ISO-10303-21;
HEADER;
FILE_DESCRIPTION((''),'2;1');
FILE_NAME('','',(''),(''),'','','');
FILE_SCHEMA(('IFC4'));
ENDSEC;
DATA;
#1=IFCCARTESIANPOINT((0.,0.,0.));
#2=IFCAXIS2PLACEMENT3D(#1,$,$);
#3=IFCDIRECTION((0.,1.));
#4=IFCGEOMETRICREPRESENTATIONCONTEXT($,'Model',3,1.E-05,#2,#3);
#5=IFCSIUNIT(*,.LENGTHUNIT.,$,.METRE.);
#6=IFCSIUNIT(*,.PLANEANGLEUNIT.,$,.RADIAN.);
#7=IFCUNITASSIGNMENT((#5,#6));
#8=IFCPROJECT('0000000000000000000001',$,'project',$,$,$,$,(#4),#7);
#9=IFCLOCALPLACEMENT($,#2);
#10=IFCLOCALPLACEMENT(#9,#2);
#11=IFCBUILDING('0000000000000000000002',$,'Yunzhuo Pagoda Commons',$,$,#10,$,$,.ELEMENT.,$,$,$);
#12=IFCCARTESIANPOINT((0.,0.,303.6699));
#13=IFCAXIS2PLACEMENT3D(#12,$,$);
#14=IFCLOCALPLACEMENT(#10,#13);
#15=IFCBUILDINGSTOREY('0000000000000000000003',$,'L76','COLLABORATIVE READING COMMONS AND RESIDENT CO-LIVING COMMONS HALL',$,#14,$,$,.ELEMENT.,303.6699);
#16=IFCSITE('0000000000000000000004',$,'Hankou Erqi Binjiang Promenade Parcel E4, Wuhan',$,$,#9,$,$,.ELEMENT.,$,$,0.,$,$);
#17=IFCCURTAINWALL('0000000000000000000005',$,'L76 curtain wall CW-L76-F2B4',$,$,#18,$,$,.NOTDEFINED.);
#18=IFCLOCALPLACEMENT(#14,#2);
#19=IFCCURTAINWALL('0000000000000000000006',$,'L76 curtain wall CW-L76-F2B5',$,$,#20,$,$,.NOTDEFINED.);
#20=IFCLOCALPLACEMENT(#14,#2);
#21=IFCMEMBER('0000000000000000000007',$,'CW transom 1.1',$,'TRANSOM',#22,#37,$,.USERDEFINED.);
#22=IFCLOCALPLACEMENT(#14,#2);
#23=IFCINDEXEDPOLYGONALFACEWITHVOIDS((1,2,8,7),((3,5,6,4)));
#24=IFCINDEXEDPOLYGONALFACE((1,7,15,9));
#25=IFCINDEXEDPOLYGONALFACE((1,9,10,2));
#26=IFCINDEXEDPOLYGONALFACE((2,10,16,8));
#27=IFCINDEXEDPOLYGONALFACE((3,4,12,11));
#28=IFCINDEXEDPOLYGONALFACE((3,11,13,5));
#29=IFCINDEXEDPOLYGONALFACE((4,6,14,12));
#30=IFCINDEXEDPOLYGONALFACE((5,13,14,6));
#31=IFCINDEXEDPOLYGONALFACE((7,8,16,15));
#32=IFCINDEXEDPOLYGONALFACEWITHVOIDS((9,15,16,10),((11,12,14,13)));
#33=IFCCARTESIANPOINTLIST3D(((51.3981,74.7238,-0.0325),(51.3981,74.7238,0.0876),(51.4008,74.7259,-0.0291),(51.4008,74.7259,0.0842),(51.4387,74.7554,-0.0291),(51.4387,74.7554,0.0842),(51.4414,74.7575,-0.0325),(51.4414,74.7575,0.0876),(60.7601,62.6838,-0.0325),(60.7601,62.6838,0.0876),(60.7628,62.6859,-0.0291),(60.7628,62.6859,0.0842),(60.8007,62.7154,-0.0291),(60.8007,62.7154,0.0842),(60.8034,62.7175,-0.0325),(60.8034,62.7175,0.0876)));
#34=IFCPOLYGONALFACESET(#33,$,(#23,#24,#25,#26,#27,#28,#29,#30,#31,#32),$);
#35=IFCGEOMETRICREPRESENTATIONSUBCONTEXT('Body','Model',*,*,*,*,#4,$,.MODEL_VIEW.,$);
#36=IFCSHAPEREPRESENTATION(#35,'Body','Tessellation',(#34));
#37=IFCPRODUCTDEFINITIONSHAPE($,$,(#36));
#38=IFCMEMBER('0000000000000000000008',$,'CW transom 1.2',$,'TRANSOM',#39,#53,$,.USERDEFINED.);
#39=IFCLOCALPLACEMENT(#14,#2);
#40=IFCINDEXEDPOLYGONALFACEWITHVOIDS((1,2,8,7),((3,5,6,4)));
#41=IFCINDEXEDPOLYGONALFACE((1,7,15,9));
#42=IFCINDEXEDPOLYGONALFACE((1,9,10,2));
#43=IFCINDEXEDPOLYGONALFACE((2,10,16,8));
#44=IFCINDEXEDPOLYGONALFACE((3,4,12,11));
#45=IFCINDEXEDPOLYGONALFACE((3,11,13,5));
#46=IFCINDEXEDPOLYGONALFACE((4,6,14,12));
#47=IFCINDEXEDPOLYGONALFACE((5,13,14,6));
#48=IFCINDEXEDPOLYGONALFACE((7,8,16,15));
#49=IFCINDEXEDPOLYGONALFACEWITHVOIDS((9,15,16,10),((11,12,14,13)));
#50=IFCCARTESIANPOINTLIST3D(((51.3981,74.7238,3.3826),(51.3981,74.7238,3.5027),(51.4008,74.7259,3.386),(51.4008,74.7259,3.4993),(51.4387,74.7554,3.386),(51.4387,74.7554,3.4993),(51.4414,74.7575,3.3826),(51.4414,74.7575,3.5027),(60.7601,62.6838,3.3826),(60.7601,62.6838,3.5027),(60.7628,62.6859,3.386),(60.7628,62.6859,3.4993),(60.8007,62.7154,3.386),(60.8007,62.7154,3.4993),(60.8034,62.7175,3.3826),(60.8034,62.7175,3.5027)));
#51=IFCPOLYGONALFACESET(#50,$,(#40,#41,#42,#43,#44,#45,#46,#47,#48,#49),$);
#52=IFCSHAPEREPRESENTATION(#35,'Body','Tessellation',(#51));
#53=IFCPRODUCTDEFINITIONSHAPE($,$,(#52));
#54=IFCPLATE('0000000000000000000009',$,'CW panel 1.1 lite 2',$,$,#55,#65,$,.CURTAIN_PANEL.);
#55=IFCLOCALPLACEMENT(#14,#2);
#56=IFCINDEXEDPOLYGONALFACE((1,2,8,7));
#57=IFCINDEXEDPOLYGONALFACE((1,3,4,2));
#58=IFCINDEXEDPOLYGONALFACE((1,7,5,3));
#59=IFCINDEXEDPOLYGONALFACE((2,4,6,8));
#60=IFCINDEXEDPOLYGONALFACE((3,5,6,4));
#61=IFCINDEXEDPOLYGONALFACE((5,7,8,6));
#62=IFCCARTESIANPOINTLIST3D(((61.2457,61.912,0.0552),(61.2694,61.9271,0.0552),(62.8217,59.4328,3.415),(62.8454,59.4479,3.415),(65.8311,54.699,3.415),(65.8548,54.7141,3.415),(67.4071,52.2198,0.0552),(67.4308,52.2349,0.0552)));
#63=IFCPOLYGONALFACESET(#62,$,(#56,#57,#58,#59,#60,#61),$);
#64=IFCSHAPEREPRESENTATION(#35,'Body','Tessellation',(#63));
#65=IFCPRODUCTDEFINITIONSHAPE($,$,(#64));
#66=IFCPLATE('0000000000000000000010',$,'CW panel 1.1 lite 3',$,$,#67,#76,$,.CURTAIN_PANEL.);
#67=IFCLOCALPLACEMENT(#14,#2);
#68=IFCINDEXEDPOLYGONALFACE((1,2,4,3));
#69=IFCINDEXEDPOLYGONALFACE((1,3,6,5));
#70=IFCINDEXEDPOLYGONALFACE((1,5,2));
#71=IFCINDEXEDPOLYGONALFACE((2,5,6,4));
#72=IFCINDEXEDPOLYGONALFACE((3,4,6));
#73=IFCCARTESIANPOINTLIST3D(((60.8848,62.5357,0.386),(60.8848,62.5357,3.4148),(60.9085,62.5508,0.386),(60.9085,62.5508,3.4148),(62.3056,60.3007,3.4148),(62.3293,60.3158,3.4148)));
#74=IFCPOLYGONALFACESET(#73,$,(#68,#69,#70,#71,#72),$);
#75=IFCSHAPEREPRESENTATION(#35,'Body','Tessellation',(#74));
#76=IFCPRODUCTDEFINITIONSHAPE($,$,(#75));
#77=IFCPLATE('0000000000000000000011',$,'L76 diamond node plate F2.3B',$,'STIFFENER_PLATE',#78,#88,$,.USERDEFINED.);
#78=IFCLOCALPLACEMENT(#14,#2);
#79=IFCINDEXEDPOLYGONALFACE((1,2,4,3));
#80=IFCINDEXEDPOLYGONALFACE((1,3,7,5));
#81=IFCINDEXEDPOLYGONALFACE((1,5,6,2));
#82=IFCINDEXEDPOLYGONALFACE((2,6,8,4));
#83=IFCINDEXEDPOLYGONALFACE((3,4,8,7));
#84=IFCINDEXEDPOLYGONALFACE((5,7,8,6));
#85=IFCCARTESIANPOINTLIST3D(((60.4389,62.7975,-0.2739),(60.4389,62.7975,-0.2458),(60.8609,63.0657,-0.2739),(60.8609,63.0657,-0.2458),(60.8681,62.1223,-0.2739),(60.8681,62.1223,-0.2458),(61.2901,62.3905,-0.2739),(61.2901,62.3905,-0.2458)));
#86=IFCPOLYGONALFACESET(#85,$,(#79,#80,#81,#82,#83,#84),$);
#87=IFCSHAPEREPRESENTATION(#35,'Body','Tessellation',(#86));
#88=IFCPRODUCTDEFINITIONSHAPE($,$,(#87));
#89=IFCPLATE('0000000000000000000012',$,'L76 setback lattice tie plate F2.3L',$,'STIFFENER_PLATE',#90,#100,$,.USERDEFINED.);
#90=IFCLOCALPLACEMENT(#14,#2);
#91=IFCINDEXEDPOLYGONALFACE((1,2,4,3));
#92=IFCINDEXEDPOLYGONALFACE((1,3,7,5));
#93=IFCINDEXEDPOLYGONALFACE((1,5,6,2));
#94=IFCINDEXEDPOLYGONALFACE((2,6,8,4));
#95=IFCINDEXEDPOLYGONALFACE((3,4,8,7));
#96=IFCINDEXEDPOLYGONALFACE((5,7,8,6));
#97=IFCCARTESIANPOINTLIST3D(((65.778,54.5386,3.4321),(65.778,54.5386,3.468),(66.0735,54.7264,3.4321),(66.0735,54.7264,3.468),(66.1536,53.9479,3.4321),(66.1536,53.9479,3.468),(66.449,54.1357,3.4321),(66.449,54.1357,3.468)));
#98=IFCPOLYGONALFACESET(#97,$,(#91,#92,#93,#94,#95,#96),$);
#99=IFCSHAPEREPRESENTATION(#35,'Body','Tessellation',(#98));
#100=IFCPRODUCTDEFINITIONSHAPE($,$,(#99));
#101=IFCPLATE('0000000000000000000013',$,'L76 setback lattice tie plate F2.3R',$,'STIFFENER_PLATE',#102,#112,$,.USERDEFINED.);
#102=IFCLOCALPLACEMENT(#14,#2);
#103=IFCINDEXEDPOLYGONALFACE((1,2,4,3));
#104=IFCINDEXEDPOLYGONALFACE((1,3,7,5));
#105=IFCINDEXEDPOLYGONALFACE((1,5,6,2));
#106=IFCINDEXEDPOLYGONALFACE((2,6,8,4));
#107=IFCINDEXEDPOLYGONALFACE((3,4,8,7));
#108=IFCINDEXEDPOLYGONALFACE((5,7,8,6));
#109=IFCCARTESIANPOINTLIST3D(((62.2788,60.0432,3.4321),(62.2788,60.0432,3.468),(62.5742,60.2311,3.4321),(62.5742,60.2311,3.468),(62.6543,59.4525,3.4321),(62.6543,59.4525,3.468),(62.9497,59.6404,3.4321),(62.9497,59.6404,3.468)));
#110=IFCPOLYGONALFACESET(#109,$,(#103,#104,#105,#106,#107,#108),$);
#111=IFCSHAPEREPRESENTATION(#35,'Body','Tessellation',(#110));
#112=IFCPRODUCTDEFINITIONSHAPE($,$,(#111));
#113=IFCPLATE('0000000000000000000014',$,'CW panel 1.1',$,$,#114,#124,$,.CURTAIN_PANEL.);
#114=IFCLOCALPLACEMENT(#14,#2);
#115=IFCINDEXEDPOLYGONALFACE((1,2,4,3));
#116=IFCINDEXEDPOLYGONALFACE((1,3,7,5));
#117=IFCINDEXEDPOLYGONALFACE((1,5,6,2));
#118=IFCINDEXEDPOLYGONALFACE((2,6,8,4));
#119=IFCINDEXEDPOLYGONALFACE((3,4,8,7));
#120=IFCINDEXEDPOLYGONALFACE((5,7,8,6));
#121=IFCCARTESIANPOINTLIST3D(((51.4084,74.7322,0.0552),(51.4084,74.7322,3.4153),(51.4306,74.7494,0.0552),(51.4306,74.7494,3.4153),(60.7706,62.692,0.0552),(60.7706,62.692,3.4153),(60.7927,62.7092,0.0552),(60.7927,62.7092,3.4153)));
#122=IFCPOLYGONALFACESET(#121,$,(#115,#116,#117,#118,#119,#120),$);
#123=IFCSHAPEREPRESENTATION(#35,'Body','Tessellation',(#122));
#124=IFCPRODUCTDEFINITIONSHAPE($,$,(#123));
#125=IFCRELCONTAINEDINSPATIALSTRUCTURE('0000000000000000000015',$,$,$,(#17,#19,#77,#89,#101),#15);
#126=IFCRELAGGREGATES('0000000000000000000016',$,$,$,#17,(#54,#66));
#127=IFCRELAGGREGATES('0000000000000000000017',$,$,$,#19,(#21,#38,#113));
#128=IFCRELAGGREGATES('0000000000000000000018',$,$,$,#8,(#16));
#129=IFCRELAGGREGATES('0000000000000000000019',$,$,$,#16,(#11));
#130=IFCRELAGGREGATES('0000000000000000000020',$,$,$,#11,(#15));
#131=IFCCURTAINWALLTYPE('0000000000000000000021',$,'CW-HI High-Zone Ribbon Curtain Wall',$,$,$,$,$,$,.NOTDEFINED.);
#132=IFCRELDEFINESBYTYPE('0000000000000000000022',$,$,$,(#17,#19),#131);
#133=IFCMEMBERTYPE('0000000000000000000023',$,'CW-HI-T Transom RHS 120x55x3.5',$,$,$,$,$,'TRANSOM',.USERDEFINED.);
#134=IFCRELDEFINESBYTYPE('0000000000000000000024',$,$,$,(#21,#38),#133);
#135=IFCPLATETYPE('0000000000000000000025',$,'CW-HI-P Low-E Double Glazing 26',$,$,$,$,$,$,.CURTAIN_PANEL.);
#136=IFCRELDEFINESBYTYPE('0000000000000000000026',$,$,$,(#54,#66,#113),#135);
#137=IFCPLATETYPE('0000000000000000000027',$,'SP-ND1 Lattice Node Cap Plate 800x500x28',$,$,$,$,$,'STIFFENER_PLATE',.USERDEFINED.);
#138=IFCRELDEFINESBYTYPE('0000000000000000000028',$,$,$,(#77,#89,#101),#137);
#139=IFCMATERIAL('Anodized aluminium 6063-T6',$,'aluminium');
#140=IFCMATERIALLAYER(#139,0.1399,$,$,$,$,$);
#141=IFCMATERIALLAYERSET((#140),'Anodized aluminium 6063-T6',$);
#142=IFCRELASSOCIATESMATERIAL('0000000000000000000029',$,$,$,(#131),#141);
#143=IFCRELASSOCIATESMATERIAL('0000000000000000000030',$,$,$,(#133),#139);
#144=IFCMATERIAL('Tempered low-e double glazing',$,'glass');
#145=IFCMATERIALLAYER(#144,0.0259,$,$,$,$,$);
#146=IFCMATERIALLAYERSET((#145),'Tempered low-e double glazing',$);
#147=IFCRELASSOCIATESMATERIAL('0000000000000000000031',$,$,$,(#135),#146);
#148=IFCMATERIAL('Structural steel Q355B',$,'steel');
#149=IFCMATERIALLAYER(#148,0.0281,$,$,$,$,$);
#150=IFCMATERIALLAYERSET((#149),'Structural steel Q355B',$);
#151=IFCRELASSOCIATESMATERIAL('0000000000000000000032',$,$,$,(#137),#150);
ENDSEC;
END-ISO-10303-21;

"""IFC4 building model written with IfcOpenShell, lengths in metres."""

from ifc_helpers import new_model, si_unit, direction, frame, origin, origin_2d, place, context, subcontext, project, spatial, polyline, rectangle, hollow_rectangle, outline, extrude, source, transform, mapped, material, layer, layer_set, material_profile, profile_set, type_object, element, aggregate, save


model = new_model("IFC4")

# Units and contexts
model_context = context("Model", 3, precision=1e-05, world=origin(), true_north=direction((0.0, 1.0)))
body_context = subcontext(model_context, "Body", "Model", "MODEL_VIEW")
ifc_project = project(units=[si_unit("LENGTHUNIT", "METRE"), si_unit("PLANEANGLEUNIT", "RADIAN")], contexts=[model_context])

# Site, building, storey
site_placement = place(None, origin())
site = spatial("IfcSite", under=ifc_project, at=site_placement, Name="Hankou Erqi Binjiang Promenade Parcel E4, Wuhan", CompositionType="ELEMENT", RefElevation=0.0)
building_placement = place(site_placement, origin())
building = spatial("IfcBuilding", under=site, at=building_placement, Name="Yunzhuo Pagoda Commons", CompositionType="ELEMENT")
storey_placement = place(building_placement, frame((0.0, 0.0, 303.6699)))
storey = spatial("IfcBuildingStorey", under=building, at=storey_placement, Name="L76", Description="COLLABORATIVE READING COMMONS AND RESIDENT CO-LIVING COMMONS HALL", CompositionType="ELEMENT", Elevation=303.6699)

# Shared definitions
ifc_material_1 = material(Name="Structural steel Q355B", Category="steel")

# Curtain wall
ifc_material_2 = material(Name="Anodized aluminium 6063-T6", Category="aluminium")
ifc_layer_1 = layer(ifc_material_2, 0.1399)
ifc_layer_set_1 = layer_set([ifc_layer_1], Name="Anodized aluminium 6063-T6")
curtain_wall_type = type_object("IfcCurtainWallType", Name="CW-HI High-Zone Ribbon Curtain Wall", PredefinedType="NOTDEFINED", material=ifc_layer_set_1)
curtain_wall_1_placement = place(storey_placement, origin())
curtain_wall_1 = element("IfcCurtainWall", 1, at=curtain_wall_1_placement, inside=storey, type_object=curtain_wall_type, Name="L76 curtain wall CW-L76-F2B4", PredefinedType="NOTDEFINED")

# Curtain wall, members
curtain_wall_2_placement = place(storey_placement, origin())
curtain_wall_2 = element("IfcCurtainWall", 2, at=curtain_wall_2_placement, inside=storey, type_object=curtain_wall_type, Name="L76 curtain wall CW-L76-F2B5", PredefinedType="NOTDEFINED")
ifc_material_profile_1 = material_profile(ifc_material_2, hollow_rectangle(XDim=0.0549, YDim=0.1201, WallThickness=0.0034, at=origin_2d()), Name="Anodized aluminium 6063-T6")
ifc_profile_set_1 = profile_set([ifc_material_profile_1], Name="Anodized aluminium 6063-T6")
member_type_1 = type_object("IfcMemberType", Name="CW-HI-T Transom RHS 120x55x3.5", ElementType="TRANSOM", PredefinedType="USERDEFINED", material=ifc_profile_set_1)
shared_shape_1 = source(origin(), body_context, "Body", "SweptSolid", [
    extrude(hollow_rectangle(XDim=0.0549, YDim=0.1201, WallThickness=0.0034, at=origin_2d()), origin(), (0.0, 0.0, 1.0), 15.2515),
])
member_1_placement = place(storey_placement, frame((60.7817, 62.7007, 0.0276), z_axis=(-0.613842, 0.789429, 0.0), x_axis=(-0.789429, -0.613842, 0.0)))
member_1 = element("IfcMember", 3, at=member_1_placement, type_object=member_type_1, Name="CW transom 1.1", ObjectType="TRANSOM", PredefinedType="USERDEFINED", context=body_context, shape_type="MappedRepresentation", body=[
    mapped(shared_shape_1, transform((0.0, 0.0, 0.0), scale=1.0)),
])
member_2_placement = place(storey_placement, frame((60.7817, 62.7007, 3.4426), z_axis=(-0.613842, 0.789429, 0.0), x_axis=(-0.789429, -0.613842, 0.0)))
member_2 = element("IfcMember", 4, at=member_2_placement, type_object=member_type_1, Name="CW transom 1.2", ObjectType="TRANSOM", PredefinedType="USERDEFINED", context=body_context, shape_type="MappedRepresentation", body=[
    mapped(shared_shape_1, transform((0.0, 0.0, 0.0), scale=1.0)),
])

# Plates
ifc_material_3 = material(Name="Tempered low-e double glazing", Category="glass")
ifc_layer_2 = layer(ifc_material_3, 0.0259)
ifc_layer_set_2 = layer_set([ifc_layer_2], Name="Tempered low-e double glazing")
plate_type_1 = type_object("IfcPlateType", Name="CW-HI-P Low-E Double Glazing 26", PredefinedType="CURTAIN_PANEL", material=ifc_layer_set_2)
plate_1_placement = place(storey_placement, frame((64.3264, 57.0659, 1.7351), z_axis=(0.84391, 0.536485, 0.0), x_axis=(-0.536485, 0.84391, 0.0)))
plate_1 = element("IfcPlate", 5, at=plate_1_placement, type_object=plate_type_1, Name="CW panel 1.1 lite 2", PredefinedType="CURTAIN_PANEL", context=body_context, shape_type="SweptSolid", body=[
    extrude(outline(polyline([(-5.7424, -1.6799), (5.7424, -1.6799), (2.8047, 1.6799), (-2.8047, 1.6799), (-5.7424, -1.6799)])), origin(), (0.0, 0.0, 1.0), 0.0281),
])
plate_2_placement = place(storey_placement, frame((61.5952, 61.4182, 1.9004), z_axis=(0.84391, 0.536485, 0.0), x_axis=(-0.536485, 0.84391, 0.0)))
plate_2 = element("IfcPlate", 6, at=plate_2_placement, type_object=plate_type_1, Name="CW panel 1.1 lite 3", PredefinedType="CURTAIN_PANEL", context=body_context, shape_type="SweptSolid", body=[
    extrude(outline(polyline([(-1.3242, 1.5144), (1.3242, -1.5144), (1.3242, 1.5144), (-1.3242, 1.5144)])), origin(), (0.0, 0.0, 1.0), 0.0281),
])
aggregate(curtain_wall_1, [plate_1, plate_2])

# Plates
ifc_layer_3 = layer(ifc_material_1, 0.0281)
ifc_layer_set_3 = layer_set([ifc_layer_3], Name="Structural steel Q355B")
plate_type_2 = type_object("IfcPlateType", Name="SP-ND1 Lattice Node Cap Plate 800x500x28", ElementType="STIFFENER_PLATE", PredefinedType="USERDEFINED", material=ifc_layer_set_3)
shared_shape_2 = source(origin(), body_context, "Body", "SweptSolid", [
    extrude(rectangle(XDim=0.8, YDim=0.5, at=origin_2d()), origin(), (0.0, 0.0, 1.0), 0.0281),
])
plate_3_placement = place(storey_placement, frame((60.8645, 62.594, -0.2739), z_axis=(0.0, 0.0, 1.0), x_axis=(-0.53649, 0.843907, 0.0)))
element("IfcPlate", 7, at=plate_3_placement, inside=storey, type_object=plate_type_2, Name="L76 diamond node plate F2.3B", ObjectType="STIFFENER_PLATE", PredefinedType="USERDEFINED", context=body_context, shape_type="MappedRepresentation", body=[
    mapped(shared_shape_2, transform((0.0, 0.0, 0.0), scale=1.0)),
])
shared_shape_3 = source(origin(), body_context, "Body", "SweptSolid", [
    extrude(rectangle(XDim=0.7, YDim=0.3501, at=origin_2d()), origin(), (0.0, 0.0, 1.0), 0.0359),
])
for number, where, z_axis, x_axis, name in (
    (8, (66.1135, 54.3372, 3.4321), (0.0, 0.0, 1.0), (-0.53649, 0.843907, 0.0), "L76 setback lattice tie plate F2.3L"),
    (9, (62.6143, 59.8418, 3.4321), (0.0, 0.0, 1.0), (-0.53649, 0.843907, 0.0), "L76 setback lattice tie plate F2.3R"),
):
    element("IfcPlate", number, at=place(storey_placement, frame(where, z_axis=z_axis, x_axis=x_axis)), inside=storey, type_object=plate_type_2, Name=name, ObjectType="STIFFENER_PLATE", PredefinedType="USERDEFINED", context=body_context, shape_type="MappedRepresentation", body=[
        mapped(shared_shape_3, transform((0.0, 0.0, 0.0), scale=1.0)),
    ])

# Plate
shared_shape_4 = source(origin(), body_context, "Body", "SweptSolid", [
    extrude(rectangle(XDim=15.2517, YDim=0.0281, at=origin_2d()), origin(), (0.0, 0.0, 1.0), 3.3601),
])
plate_4_placement = place(storey_placement, frame((56.1006, 68.7207, 0.0552), z_axis=(0.0, 0.0, 1.0), x_axis=(-0.61384, 0.78943, 0.0)))
plate_4 = element("IfcPlate", 10, at=plate_4_placement, type_object=plate_type_1, Name="CW panel 1.1", PredefinedType="CURTAIN_PANEL", context=body_context, shape_type="MappedRepresentation", body=[
    mapped(shared_shape_4, transform((0.0, 0.0, 0.0), scale=1.0)),
])
aggregate(curtain_wall_2, [member_1, member_2, plate_4])

save(model, "model.ifc")
